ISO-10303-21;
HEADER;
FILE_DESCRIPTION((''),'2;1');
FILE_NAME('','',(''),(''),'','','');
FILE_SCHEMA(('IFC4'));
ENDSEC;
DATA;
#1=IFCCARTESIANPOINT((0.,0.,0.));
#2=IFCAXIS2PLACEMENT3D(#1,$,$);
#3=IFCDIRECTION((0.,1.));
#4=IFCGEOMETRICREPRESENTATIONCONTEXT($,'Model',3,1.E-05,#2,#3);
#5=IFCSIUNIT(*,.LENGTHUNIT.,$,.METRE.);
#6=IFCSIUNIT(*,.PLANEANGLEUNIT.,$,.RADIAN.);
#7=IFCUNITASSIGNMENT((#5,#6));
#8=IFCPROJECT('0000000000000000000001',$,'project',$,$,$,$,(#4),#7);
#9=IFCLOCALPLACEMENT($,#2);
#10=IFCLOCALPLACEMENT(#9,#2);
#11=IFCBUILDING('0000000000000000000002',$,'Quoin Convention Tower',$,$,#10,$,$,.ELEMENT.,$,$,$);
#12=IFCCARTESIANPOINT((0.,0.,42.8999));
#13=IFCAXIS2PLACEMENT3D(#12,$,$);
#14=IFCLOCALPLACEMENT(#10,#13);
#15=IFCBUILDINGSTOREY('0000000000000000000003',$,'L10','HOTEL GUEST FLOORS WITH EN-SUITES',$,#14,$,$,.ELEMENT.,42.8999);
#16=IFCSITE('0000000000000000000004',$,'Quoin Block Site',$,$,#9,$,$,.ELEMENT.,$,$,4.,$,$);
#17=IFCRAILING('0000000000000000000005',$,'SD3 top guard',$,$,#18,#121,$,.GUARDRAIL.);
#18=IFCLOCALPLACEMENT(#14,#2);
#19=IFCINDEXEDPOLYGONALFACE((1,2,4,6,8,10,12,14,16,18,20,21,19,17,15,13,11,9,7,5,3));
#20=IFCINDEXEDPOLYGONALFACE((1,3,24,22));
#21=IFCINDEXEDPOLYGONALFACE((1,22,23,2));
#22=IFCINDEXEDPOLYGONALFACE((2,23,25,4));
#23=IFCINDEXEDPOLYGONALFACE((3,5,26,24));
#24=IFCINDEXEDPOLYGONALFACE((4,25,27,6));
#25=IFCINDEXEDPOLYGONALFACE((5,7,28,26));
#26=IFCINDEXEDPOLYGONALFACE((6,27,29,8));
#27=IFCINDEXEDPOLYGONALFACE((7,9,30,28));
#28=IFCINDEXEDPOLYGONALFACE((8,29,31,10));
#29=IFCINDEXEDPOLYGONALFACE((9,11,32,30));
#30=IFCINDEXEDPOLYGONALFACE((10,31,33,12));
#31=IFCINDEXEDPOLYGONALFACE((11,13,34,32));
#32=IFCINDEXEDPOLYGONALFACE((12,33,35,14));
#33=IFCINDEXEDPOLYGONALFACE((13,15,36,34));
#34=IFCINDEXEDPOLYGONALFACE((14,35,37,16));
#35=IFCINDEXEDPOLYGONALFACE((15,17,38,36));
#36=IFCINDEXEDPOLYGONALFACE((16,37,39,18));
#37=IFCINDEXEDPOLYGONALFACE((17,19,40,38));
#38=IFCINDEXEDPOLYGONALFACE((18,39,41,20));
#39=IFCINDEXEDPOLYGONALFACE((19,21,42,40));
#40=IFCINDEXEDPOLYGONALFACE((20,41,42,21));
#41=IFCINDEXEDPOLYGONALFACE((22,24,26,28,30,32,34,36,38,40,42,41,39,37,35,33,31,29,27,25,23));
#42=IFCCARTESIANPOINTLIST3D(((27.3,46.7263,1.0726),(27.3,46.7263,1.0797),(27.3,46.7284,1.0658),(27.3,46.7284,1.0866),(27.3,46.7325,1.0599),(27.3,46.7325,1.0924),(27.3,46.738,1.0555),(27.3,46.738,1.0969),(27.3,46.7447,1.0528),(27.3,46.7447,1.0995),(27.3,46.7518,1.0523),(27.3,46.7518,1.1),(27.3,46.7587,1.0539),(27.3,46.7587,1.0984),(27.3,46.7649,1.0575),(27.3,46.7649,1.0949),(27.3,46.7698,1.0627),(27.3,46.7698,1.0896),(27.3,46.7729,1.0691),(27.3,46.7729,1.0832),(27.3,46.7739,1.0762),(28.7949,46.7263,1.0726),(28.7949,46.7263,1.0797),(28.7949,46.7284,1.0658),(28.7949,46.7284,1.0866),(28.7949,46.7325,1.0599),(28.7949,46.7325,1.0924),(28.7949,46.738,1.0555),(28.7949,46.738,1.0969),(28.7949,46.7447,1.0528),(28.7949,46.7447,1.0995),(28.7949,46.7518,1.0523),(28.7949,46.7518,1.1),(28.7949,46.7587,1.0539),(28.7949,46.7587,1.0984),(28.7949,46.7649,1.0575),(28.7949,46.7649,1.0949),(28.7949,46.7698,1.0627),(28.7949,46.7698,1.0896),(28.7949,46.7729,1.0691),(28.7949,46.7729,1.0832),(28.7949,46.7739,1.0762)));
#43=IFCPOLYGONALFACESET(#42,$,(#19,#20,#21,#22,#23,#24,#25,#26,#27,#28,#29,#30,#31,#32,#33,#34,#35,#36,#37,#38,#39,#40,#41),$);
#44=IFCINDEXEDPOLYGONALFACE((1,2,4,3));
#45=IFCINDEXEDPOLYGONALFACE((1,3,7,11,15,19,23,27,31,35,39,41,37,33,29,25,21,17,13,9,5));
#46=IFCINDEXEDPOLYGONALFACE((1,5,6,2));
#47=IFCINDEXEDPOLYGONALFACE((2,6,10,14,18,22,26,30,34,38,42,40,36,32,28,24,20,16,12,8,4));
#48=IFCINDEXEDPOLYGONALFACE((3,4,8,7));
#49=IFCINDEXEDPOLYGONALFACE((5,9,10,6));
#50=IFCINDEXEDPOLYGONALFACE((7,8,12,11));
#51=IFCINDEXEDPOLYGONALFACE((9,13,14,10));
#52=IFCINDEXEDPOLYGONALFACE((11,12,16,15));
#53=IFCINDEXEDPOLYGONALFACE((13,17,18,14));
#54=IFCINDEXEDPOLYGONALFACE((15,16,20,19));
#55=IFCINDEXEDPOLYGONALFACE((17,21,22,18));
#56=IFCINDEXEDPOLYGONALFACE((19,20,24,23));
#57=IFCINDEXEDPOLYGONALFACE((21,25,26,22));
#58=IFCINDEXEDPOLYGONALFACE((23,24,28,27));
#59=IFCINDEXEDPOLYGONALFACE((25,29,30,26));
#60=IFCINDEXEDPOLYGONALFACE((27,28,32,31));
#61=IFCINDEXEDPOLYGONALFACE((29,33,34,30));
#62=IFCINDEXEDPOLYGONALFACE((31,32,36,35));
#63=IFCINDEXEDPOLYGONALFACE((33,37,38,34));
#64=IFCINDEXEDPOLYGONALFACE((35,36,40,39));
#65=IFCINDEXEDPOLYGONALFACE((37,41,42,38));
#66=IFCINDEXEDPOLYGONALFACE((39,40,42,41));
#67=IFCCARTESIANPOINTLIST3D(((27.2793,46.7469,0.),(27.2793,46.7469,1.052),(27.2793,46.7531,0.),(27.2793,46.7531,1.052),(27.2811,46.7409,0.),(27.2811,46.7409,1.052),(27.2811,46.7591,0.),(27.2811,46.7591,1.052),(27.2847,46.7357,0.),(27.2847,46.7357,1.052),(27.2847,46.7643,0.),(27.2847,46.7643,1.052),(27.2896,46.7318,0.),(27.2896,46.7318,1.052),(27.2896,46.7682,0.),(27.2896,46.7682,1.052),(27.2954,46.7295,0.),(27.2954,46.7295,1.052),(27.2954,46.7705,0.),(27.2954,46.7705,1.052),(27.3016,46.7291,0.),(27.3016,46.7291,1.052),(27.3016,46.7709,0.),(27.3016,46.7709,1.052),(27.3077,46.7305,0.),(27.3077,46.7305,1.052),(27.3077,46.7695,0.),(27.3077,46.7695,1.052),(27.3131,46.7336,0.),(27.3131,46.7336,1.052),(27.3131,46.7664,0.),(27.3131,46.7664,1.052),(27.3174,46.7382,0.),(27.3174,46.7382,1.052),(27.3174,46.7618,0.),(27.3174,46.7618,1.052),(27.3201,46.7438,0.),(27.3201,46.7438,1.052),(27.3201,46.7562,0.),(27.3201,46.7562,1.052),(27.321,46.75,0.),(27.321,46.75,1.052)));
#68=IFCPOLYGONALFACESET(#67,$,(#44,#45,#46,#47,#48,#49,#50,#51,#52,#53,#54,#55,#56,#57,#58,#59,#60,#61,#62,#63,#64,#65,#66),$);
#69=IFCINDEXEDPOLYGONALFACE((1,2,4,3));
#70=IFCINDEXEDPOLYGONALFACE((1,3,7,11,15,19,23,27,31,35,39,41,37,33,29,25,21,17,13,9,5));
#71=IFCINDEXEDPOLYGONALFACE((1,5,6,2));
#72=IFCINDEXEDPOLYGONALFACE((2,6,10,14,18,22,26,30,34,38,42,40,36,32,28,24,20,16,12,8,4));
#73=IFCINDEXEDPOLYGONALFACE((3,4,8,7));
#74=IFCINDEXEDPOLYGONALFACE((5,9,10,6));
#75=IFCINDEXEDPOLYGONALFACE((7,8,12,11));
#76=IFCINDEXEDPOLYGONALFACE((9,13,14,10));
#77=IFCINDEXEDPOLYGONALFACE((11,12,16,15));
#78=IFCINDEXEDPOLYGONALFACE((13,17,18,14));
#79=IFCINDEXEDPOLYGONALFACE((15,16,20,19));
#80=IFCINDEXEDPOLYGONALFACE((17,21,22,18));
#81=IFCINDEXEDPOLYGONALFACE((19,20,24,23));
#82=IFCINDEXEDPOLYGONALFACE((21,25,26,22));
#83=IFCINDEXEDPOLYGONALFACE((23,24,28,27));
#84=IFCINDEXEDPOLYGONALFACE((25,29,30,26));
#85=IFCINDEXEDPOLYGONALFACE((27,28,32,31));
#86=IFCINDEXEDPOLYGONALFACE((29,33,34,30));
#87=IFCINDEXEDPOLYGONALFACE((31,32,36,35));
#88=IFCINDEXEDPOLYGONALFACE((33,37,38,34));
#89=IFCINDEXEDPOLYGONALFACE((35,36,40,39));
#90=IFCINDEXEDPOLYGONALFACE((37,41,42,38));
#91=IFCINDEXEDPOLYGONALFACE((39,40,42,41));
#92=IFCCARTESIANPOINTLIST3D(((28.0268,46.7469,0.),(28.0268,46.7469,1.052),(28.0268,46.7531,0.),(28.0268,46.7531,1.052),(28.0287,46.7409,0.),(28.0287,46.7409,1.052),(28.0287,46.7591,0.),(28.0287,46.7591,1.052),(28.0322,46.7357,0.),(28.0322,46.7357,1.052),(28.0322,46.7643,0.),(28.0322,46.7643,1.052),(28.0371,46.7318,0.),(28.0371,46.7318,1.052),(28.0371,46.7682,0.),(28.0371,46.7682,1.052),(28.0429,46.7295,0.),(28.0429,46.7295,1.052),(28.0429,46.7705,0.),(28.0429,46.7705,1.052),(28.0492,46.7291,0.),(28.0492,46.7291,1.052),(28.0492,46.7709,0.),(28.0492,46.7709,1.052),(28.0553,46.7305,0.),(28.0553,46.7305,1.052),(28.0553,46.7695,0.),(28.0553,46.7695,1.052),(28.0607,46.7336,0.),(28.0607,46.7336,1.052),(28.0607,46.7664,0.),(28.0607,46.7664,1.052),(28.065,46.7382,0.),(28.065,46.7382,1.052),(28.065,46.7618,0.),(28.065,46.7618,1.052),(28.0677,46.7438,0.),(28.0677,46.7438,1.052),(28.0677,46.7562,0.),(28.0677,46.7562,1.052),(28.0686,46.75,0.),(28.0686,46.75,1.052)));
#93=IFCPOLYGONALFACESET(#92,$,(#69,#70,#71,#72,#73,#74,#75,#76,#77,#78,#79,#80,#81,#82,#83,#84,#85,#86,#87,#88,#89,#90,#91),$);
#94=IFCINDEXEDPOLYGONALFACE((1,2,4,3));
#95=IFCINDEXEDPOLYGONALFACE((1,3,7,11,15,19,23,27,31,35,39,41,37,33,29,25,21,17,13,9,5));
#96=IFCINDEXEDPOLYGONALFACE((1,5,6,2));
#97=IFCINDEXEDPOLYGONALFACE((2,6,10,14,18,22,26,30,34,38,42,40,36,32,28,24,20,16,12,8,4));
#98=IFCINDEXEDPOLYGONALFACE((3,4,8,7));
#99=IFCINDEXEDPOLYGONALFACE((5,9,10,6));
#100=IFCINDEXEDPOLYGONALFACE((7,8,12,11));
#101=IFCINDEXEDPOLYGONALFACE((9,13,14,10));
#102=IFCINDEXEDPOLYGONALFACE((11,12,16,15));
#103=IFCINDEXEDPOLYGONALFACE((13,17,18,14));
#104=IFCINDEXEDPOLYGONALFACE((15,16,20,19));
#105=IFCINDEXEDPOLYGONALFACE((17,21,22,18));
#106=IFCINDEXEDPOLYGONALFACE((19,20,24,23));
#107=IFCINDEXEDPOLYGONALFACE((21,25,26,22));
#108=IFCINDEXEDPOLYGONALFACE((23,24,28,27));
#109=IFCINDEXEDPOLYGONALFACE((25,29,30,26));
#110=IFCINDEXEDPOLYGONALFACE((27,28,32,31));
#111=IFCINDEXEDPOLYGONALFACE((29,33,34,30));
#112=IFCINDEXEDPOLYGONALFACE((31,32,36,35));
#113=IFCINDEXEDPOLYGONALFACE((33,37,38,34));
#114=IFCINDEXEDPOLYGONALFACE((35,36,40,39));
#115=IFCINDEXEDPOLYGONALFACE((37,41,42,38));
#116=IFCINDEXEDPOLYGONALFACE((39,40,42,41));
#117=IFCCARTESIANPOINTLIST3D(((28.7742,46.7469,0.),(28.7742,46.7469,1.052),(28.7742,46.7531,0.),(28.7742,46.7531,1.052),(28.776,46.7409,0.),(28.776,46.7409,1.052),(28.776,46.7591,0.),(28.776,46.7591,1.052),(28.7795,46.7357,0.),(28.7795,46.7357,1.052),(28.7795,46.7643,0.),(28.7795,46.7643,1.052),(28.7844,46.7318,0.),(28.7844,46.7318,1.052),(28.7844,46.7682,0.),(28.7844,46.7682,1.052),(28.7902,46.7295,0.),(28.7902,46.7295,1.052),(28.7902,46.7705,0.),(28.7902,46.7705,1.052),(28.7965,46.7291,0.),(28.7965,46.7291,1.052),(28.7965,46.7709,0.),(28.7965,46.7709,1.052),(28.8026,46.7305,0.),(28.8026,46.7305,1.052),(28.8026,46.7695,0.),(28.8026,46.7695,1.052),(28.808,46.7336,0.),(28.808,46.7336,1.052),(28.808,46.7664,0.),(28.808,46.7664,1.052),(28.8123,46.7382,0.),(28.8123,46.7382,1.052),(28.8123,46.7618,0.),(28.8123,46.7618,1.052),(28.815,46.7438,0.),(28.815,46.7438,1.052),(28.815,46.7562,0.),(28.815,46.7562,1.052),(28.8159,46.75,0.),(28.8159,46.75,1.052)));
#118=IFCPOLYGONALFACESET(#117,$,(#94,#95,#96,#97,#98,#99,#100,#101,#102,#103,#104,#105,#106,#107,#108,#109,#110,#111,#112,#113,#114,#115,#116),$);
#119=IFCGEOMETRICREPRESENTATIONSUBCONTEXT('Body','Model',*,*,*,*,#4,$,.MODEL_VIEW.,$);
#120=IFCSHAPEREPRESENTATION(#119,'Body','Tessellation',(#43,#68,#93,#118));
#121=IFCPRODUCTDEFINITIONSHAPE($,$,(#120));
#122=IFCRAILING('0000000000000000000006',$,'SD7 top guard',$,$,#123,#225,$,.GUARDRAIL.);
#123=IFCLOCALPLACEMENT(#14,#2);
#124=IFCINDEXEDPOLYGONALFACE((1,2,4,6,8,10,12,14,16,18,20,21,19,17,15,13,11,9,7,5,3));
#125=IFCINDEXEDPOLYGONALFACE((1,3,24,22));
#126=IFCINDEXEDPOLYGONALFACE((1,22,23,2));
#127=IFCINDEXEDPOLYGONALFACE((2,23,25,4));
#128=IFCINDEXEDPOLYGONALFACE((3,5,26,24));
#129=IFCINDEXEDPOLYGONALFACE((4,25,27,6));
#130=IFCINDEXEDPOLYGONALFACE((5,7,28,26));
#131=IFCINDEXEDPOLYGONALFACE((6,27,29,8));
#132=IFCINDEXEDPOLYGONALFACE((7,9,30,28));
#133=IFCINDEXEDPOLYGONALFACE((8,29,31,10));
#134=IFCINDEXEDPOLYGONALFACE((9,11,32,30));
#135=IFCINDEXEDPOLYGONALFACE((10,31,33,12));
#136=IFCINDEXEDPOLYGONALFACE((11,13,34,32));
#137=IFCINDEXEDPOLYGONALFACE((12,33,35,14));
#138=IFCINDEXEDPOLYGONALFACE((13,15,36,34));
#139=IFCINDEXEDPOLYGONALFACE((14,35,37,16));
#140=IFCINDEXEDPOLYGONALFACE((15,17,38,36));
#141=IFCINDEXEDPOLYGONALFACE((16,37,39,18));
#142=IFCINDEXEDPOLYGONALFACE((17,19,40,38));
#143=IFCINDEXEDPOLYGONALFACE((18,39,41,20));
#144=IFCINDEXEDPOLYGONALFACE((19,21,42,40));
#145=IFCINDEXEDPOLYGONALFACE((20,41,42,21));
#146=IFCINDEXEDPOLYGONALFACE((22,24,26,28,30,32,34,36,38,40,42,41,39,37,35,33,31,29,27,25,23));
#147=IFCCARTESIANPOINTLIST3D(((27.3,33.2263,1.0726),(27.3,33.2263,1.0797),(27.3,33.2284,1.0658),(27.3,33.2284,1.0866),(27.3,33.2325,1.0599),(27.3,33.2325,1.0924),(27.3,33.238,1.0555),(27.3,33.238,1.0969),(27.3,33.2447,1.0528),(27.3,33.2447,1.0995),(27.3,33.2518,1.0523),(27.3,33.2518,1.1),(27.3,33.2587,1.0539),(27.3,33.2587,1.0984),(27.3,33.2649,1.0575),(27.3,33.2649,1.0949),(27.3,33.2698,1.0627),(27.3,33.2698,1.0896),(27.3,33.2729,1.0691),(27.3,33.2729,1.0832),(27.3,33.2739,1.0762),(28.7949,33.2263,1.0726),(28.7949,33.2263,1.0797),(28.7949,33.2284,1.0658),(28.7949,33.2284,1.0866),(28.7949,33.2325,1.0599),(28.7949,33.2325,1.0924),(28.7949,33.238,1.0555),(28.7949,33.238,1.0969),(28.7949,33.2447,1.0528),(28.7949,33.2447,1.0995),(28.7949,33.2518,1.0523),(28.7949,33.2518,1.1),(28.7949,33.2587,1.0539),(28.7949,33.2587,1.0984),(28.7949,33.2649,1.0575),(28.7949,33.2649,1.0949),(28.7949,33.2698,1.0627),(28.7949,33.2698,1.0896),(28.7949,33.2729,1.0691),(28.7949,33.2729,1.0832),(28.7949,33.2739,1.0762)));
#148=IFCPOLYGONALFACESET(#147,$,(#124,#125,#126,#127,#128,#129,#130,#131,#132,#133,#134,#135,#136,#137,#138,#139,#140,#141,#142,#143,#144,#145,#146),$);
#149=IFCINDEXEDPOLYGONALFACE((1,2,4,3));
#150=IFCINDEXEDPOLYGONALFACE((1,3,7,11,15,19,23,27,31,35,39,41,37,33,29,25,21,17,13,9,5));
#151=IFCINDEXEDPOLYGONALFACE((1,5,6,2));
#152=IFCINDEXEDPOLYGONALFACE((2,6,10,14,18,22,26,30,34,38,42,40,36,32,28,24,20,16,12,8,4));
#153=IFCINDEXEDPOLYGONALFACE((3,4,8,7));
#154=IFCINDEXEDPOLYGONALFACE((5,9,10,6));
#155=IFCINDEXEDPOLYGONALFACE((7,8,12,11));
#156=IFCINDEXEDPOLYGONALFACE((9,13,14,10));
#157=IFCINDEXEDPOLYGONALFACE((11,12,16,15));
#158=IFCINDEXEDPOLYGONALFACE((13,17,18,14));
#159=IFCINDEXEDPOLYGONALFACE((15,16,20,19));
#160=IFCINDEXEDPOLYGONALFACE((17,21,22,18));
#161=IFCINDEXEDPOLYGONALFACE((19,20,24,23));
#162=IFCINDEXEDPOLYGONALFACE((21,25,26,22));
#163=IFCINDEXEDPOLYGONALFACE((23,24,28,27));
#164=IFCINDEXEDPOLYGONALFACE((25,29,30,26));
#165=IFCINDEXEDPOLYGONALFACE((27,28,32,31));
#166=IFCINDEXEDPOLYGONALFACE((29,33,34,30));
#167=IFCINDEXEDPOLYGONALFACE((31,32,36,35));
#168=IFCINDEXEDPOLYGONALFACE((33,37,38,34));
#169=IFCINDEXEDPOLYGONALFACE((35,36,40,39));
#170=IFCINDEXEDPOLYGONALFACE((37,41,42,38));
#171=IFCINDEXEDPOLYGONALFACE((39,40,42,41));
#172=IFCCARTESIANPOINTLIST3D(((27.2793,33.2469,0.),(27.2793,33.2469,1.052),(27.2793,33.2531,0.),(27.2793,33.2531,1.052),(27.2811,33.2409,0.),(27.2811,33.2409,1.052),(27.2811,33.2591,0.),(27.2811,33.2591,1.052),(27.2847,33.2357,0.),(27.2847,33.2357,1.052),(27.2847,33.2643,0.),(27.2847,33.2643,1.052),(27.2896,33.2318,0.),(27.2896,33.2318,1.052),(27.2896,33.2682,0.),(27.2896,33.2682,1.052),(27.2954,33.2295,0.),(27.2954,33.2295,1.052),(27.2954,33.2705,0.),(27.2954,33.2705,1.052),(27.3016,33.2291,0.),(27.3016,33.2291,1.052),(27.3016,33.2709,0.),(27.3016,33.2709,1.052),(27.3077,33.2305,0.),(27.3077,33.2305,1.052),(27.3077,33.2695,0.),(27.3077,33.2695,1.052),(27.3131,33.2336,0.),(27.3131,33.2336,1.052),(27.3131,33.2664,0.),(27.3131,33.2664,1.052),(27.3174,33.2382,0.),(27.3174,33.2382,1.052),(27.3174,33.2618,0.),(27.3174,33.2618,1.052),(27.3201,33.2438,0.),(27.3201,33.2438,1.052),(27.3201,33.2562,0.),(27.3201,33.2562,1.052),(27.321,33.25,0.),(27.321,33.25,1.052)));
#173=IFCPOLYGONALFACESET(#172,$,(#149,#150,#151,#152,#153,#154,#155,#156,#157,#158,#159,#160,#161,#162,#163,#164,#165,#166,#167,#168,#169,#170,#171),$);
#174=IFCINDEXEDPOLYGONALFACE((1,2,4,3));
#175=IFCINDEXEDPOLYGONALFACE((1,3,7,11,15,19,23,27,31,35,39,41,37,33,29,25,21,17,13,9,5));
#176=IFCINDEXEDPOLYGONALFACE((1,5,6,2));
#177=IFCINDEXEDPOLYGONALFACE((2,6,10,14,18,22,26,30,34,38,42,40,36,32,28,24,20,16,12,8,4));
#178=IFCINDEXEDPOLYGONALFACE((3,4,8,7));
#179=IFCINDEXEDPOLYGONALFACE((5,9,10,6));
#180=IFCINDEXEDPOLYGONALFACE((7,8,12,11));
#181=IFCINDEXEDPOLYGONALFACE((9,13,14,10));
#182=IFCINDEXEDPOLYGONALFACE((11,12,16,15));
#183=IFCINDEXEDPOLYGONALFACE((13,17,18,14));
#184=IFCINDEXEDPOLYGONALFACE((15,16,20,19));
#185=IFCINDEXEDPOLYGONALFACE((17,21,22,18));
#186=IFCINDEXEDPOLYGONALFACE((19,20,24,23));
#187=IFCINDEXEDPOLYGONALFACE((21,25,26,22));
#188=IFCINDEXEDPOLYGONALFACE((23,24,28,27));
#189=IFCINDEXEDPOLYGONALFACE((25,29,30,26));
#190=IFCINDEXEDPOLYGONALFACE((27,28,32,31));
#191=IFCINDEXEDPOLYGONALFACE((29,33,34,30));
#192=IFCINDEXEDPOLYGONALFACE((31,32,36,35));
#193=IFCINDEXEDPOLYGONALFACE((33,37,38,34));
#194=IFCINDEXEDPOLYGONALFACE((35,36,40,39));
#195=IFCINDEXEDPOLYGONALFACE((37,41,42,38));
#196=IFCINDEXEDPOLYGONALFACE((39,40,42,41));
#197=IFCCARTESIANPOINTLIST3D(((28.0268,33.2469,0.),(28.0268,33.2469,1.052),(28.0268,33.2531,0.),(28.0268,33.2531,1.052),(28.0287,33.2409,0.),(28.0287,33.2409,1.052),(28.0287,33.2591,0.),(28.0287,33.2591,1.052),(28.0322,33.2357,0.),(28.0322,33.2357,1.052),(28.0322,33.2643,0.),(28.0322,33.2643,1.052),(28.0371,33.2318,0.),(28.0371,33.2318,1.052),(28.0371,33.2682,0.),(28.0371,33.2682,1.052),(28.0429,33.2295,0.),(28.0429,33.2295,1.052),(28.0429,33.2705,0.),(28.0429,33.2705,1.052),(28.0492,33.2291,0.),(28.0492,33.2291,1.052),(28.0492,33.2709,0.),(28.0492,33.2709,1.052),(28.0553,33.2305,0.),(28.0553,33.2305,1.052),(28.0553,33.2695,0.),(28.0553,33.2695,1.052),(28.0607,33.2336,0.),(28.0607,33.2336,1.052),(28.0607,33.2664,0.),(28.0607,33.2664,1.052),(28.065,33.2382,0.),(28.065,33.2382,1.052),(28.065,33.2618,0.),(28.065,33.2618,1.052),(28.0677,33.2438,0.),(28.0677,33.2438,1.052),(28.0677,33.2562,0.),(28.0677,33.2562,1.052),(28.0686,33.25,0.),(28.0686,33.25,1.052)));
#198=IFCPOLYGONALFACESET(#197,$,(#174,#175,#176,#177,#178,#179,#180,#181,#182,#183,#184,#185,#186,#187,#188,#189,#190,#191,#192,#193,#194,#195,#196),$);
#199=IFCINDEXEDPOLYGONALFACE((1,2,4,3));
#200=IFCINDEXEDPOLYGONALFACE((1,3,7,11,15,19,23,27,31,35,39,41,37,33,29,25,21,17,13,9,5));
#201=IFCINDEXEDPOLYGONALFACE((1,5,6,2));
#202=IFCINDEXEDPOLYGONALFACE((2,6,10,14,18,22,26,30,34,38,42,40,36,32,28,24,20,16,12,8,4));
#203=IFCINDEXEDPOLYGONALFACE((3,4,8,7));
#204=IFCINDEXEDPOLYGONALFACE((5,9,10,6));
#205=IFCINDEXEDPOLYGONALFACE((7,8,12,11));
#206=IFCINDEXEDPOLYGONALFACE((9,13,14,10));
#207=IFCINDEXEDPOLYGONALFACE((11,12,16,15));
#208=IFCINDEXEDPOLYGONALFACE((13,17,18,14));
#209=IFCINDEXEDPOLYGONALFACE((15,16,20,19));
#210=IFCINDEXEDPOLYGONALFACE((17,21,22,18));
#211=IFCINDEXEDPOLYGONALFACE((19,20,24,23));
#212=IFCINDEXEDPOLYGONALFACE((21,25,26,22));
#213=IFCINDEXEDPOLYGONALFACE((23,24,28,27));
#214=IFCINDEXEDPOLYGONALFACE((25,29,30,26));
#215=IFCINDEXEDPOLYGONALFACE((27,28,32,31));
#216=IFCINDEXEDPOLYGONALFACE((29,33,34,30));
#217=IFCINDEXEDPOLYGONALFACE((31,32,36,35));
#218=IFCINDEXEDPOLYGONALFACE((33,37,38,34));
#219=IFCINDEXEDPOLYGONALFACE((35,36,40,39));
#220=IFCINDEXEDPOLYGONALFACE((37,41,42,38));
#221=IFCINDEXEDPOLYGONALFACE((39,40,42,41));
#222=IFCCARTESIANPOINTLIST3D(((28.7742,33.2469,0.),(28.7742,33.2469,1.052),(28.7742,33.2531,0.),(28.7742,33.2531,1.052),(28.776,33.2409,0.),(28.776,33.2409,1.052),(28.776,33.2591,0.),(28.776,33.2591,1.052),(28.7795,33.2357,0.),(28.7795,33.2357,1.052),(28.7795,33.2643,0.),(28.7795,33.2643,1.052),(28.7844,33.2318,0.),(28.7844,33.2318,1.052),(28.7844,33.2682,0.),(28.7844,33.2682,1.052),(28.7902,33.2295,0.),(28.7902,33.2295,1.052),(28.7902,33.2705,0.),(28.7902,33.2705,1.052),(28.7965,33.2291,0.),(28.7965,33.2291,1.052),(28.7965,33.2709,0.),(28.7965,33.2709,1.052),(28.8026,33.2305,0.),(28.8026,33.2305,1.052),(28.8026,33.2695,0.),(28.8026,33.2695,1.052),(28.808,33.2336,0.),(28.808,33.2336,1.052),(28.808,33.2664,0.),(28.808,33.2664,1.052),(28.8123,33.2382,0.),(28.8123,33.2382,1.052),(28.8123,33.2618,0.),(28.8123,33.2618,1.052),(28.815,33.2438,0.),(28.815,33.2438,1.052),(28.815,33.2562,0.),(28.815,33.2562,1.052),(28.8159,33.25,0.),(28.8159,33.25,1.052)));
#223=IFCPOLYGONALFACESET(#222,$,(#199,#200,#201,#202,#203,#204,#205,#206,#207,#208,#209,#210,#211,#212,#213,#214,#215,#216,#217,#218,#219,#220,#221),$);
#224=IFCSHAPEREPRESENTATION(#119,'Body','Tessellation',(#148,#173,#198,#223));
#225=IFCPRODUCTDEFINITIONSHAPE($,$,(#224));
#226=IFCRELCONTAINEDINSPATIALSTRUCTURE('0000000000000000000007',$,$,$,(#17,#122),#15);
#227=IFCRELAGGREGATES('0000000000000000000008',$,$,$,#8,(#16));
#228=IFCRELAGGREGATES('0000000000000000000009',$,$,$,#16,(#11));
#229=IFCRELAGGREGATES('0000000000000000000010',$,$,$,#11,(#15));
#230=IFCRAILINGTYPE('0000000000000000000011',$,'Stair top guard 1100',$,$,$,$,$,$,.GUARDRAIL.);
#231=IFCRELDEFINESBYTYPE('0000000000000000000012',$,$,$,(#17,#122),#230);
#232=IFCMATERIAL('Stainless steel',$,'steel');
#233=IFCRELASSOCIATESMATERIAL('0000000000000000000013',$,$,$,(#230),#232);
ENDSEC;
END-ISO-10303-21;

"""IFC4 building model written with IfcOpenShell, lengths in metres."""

from ifc_helpers import new_model, si_unit, direction, frame, origin, origin_2d, place, context, subcontext, project, spatial, circle, extrude, material, type_object, element, save


model = new_model("IFC4")

# Units and contexts
model_context = context("Model", 3, precision=1e-05, world=origin(), true_north=direction((0.0, 1.0)))
body_context = subcontext(model_context, "Body", "Model", "MODEL_VIEW")
ifc_project = project(units=[si_unit("LENGTHUNIT", "METRE"), si_unit("PLANEANGLEUNIT", "RADIAN")], contexts=[model_context])

# Site, building, storey
site_placement = place(None, origin())
site = spatial("IfcSite", under=ifc_project, at=site_placement, Name="Quoin Block Site", CompositionType="ELEMENT", RefElevation=4.0)
building_placement = place(site_placement, origin())
building = spatial("IfcBuilding", under=site, at=building_placement, Name="Quoin Convention Tower", CompositionType="ELEMENT")
storey_placement = place(building_placement, frame((0.0, 0.0, 42.8999)))
storey = spatial("IfcBuildingStorey", under=building, at=storey_placement, Name="L10", Description="HOTEL GUEST FLOORS WITH EN-SUITES", CompositionType="ELEMENT", Elevation=42.8999)

# Railings
ifc_material_1 = material(Name="Stainless steel", Category="steel")
railing_type_1 = type_object("IfcRailingType", Name="Stair top guard 1100", PredefinedType="GUARDRAIL", material=ifc_material_1)
for number, where, name in (
    (1, (27.3, 46.75, 0.0), "SD3 top guard"),
    (2, (27.3, 33.25, 0.0), "SD7 top guard"),
):
    element("IfcRailing", number, at=place(storey_placement, frame(where)), inside=storey, type_object=railing_type_1, Name=name, PredefinedType="GUARDRAIL", context=body_context, shape_type="SweptSolid", body=[
        extrude(circle(Radius=0.0239, at=origin_2d()), frame((0.0, 0.0, 1.0762), z_axis=(1.0, 0.0, 0.0), x_axis=(0.0, 1.0, 0.0)), (0.0, 0.0, 1.0), 1.4949),
        extrude(circle(Radius=0.021, at=origin_2d()), origin(), (0.0, 0.0, 1.0), 1.052),
        extrude(circle(Radius=0.021, at=origin_2d()), frame((0.7476, 0.0, 0.0)), (0.0, 0.0, 1.0), 1.052),
        extrude(circle(Radius=0.021, at=origin_2d()), frame((1.4949, 0.0, 0.0)), (0.0, 0.0, 1.0), 1.052),
    ])

save(model, "model.ifc")
